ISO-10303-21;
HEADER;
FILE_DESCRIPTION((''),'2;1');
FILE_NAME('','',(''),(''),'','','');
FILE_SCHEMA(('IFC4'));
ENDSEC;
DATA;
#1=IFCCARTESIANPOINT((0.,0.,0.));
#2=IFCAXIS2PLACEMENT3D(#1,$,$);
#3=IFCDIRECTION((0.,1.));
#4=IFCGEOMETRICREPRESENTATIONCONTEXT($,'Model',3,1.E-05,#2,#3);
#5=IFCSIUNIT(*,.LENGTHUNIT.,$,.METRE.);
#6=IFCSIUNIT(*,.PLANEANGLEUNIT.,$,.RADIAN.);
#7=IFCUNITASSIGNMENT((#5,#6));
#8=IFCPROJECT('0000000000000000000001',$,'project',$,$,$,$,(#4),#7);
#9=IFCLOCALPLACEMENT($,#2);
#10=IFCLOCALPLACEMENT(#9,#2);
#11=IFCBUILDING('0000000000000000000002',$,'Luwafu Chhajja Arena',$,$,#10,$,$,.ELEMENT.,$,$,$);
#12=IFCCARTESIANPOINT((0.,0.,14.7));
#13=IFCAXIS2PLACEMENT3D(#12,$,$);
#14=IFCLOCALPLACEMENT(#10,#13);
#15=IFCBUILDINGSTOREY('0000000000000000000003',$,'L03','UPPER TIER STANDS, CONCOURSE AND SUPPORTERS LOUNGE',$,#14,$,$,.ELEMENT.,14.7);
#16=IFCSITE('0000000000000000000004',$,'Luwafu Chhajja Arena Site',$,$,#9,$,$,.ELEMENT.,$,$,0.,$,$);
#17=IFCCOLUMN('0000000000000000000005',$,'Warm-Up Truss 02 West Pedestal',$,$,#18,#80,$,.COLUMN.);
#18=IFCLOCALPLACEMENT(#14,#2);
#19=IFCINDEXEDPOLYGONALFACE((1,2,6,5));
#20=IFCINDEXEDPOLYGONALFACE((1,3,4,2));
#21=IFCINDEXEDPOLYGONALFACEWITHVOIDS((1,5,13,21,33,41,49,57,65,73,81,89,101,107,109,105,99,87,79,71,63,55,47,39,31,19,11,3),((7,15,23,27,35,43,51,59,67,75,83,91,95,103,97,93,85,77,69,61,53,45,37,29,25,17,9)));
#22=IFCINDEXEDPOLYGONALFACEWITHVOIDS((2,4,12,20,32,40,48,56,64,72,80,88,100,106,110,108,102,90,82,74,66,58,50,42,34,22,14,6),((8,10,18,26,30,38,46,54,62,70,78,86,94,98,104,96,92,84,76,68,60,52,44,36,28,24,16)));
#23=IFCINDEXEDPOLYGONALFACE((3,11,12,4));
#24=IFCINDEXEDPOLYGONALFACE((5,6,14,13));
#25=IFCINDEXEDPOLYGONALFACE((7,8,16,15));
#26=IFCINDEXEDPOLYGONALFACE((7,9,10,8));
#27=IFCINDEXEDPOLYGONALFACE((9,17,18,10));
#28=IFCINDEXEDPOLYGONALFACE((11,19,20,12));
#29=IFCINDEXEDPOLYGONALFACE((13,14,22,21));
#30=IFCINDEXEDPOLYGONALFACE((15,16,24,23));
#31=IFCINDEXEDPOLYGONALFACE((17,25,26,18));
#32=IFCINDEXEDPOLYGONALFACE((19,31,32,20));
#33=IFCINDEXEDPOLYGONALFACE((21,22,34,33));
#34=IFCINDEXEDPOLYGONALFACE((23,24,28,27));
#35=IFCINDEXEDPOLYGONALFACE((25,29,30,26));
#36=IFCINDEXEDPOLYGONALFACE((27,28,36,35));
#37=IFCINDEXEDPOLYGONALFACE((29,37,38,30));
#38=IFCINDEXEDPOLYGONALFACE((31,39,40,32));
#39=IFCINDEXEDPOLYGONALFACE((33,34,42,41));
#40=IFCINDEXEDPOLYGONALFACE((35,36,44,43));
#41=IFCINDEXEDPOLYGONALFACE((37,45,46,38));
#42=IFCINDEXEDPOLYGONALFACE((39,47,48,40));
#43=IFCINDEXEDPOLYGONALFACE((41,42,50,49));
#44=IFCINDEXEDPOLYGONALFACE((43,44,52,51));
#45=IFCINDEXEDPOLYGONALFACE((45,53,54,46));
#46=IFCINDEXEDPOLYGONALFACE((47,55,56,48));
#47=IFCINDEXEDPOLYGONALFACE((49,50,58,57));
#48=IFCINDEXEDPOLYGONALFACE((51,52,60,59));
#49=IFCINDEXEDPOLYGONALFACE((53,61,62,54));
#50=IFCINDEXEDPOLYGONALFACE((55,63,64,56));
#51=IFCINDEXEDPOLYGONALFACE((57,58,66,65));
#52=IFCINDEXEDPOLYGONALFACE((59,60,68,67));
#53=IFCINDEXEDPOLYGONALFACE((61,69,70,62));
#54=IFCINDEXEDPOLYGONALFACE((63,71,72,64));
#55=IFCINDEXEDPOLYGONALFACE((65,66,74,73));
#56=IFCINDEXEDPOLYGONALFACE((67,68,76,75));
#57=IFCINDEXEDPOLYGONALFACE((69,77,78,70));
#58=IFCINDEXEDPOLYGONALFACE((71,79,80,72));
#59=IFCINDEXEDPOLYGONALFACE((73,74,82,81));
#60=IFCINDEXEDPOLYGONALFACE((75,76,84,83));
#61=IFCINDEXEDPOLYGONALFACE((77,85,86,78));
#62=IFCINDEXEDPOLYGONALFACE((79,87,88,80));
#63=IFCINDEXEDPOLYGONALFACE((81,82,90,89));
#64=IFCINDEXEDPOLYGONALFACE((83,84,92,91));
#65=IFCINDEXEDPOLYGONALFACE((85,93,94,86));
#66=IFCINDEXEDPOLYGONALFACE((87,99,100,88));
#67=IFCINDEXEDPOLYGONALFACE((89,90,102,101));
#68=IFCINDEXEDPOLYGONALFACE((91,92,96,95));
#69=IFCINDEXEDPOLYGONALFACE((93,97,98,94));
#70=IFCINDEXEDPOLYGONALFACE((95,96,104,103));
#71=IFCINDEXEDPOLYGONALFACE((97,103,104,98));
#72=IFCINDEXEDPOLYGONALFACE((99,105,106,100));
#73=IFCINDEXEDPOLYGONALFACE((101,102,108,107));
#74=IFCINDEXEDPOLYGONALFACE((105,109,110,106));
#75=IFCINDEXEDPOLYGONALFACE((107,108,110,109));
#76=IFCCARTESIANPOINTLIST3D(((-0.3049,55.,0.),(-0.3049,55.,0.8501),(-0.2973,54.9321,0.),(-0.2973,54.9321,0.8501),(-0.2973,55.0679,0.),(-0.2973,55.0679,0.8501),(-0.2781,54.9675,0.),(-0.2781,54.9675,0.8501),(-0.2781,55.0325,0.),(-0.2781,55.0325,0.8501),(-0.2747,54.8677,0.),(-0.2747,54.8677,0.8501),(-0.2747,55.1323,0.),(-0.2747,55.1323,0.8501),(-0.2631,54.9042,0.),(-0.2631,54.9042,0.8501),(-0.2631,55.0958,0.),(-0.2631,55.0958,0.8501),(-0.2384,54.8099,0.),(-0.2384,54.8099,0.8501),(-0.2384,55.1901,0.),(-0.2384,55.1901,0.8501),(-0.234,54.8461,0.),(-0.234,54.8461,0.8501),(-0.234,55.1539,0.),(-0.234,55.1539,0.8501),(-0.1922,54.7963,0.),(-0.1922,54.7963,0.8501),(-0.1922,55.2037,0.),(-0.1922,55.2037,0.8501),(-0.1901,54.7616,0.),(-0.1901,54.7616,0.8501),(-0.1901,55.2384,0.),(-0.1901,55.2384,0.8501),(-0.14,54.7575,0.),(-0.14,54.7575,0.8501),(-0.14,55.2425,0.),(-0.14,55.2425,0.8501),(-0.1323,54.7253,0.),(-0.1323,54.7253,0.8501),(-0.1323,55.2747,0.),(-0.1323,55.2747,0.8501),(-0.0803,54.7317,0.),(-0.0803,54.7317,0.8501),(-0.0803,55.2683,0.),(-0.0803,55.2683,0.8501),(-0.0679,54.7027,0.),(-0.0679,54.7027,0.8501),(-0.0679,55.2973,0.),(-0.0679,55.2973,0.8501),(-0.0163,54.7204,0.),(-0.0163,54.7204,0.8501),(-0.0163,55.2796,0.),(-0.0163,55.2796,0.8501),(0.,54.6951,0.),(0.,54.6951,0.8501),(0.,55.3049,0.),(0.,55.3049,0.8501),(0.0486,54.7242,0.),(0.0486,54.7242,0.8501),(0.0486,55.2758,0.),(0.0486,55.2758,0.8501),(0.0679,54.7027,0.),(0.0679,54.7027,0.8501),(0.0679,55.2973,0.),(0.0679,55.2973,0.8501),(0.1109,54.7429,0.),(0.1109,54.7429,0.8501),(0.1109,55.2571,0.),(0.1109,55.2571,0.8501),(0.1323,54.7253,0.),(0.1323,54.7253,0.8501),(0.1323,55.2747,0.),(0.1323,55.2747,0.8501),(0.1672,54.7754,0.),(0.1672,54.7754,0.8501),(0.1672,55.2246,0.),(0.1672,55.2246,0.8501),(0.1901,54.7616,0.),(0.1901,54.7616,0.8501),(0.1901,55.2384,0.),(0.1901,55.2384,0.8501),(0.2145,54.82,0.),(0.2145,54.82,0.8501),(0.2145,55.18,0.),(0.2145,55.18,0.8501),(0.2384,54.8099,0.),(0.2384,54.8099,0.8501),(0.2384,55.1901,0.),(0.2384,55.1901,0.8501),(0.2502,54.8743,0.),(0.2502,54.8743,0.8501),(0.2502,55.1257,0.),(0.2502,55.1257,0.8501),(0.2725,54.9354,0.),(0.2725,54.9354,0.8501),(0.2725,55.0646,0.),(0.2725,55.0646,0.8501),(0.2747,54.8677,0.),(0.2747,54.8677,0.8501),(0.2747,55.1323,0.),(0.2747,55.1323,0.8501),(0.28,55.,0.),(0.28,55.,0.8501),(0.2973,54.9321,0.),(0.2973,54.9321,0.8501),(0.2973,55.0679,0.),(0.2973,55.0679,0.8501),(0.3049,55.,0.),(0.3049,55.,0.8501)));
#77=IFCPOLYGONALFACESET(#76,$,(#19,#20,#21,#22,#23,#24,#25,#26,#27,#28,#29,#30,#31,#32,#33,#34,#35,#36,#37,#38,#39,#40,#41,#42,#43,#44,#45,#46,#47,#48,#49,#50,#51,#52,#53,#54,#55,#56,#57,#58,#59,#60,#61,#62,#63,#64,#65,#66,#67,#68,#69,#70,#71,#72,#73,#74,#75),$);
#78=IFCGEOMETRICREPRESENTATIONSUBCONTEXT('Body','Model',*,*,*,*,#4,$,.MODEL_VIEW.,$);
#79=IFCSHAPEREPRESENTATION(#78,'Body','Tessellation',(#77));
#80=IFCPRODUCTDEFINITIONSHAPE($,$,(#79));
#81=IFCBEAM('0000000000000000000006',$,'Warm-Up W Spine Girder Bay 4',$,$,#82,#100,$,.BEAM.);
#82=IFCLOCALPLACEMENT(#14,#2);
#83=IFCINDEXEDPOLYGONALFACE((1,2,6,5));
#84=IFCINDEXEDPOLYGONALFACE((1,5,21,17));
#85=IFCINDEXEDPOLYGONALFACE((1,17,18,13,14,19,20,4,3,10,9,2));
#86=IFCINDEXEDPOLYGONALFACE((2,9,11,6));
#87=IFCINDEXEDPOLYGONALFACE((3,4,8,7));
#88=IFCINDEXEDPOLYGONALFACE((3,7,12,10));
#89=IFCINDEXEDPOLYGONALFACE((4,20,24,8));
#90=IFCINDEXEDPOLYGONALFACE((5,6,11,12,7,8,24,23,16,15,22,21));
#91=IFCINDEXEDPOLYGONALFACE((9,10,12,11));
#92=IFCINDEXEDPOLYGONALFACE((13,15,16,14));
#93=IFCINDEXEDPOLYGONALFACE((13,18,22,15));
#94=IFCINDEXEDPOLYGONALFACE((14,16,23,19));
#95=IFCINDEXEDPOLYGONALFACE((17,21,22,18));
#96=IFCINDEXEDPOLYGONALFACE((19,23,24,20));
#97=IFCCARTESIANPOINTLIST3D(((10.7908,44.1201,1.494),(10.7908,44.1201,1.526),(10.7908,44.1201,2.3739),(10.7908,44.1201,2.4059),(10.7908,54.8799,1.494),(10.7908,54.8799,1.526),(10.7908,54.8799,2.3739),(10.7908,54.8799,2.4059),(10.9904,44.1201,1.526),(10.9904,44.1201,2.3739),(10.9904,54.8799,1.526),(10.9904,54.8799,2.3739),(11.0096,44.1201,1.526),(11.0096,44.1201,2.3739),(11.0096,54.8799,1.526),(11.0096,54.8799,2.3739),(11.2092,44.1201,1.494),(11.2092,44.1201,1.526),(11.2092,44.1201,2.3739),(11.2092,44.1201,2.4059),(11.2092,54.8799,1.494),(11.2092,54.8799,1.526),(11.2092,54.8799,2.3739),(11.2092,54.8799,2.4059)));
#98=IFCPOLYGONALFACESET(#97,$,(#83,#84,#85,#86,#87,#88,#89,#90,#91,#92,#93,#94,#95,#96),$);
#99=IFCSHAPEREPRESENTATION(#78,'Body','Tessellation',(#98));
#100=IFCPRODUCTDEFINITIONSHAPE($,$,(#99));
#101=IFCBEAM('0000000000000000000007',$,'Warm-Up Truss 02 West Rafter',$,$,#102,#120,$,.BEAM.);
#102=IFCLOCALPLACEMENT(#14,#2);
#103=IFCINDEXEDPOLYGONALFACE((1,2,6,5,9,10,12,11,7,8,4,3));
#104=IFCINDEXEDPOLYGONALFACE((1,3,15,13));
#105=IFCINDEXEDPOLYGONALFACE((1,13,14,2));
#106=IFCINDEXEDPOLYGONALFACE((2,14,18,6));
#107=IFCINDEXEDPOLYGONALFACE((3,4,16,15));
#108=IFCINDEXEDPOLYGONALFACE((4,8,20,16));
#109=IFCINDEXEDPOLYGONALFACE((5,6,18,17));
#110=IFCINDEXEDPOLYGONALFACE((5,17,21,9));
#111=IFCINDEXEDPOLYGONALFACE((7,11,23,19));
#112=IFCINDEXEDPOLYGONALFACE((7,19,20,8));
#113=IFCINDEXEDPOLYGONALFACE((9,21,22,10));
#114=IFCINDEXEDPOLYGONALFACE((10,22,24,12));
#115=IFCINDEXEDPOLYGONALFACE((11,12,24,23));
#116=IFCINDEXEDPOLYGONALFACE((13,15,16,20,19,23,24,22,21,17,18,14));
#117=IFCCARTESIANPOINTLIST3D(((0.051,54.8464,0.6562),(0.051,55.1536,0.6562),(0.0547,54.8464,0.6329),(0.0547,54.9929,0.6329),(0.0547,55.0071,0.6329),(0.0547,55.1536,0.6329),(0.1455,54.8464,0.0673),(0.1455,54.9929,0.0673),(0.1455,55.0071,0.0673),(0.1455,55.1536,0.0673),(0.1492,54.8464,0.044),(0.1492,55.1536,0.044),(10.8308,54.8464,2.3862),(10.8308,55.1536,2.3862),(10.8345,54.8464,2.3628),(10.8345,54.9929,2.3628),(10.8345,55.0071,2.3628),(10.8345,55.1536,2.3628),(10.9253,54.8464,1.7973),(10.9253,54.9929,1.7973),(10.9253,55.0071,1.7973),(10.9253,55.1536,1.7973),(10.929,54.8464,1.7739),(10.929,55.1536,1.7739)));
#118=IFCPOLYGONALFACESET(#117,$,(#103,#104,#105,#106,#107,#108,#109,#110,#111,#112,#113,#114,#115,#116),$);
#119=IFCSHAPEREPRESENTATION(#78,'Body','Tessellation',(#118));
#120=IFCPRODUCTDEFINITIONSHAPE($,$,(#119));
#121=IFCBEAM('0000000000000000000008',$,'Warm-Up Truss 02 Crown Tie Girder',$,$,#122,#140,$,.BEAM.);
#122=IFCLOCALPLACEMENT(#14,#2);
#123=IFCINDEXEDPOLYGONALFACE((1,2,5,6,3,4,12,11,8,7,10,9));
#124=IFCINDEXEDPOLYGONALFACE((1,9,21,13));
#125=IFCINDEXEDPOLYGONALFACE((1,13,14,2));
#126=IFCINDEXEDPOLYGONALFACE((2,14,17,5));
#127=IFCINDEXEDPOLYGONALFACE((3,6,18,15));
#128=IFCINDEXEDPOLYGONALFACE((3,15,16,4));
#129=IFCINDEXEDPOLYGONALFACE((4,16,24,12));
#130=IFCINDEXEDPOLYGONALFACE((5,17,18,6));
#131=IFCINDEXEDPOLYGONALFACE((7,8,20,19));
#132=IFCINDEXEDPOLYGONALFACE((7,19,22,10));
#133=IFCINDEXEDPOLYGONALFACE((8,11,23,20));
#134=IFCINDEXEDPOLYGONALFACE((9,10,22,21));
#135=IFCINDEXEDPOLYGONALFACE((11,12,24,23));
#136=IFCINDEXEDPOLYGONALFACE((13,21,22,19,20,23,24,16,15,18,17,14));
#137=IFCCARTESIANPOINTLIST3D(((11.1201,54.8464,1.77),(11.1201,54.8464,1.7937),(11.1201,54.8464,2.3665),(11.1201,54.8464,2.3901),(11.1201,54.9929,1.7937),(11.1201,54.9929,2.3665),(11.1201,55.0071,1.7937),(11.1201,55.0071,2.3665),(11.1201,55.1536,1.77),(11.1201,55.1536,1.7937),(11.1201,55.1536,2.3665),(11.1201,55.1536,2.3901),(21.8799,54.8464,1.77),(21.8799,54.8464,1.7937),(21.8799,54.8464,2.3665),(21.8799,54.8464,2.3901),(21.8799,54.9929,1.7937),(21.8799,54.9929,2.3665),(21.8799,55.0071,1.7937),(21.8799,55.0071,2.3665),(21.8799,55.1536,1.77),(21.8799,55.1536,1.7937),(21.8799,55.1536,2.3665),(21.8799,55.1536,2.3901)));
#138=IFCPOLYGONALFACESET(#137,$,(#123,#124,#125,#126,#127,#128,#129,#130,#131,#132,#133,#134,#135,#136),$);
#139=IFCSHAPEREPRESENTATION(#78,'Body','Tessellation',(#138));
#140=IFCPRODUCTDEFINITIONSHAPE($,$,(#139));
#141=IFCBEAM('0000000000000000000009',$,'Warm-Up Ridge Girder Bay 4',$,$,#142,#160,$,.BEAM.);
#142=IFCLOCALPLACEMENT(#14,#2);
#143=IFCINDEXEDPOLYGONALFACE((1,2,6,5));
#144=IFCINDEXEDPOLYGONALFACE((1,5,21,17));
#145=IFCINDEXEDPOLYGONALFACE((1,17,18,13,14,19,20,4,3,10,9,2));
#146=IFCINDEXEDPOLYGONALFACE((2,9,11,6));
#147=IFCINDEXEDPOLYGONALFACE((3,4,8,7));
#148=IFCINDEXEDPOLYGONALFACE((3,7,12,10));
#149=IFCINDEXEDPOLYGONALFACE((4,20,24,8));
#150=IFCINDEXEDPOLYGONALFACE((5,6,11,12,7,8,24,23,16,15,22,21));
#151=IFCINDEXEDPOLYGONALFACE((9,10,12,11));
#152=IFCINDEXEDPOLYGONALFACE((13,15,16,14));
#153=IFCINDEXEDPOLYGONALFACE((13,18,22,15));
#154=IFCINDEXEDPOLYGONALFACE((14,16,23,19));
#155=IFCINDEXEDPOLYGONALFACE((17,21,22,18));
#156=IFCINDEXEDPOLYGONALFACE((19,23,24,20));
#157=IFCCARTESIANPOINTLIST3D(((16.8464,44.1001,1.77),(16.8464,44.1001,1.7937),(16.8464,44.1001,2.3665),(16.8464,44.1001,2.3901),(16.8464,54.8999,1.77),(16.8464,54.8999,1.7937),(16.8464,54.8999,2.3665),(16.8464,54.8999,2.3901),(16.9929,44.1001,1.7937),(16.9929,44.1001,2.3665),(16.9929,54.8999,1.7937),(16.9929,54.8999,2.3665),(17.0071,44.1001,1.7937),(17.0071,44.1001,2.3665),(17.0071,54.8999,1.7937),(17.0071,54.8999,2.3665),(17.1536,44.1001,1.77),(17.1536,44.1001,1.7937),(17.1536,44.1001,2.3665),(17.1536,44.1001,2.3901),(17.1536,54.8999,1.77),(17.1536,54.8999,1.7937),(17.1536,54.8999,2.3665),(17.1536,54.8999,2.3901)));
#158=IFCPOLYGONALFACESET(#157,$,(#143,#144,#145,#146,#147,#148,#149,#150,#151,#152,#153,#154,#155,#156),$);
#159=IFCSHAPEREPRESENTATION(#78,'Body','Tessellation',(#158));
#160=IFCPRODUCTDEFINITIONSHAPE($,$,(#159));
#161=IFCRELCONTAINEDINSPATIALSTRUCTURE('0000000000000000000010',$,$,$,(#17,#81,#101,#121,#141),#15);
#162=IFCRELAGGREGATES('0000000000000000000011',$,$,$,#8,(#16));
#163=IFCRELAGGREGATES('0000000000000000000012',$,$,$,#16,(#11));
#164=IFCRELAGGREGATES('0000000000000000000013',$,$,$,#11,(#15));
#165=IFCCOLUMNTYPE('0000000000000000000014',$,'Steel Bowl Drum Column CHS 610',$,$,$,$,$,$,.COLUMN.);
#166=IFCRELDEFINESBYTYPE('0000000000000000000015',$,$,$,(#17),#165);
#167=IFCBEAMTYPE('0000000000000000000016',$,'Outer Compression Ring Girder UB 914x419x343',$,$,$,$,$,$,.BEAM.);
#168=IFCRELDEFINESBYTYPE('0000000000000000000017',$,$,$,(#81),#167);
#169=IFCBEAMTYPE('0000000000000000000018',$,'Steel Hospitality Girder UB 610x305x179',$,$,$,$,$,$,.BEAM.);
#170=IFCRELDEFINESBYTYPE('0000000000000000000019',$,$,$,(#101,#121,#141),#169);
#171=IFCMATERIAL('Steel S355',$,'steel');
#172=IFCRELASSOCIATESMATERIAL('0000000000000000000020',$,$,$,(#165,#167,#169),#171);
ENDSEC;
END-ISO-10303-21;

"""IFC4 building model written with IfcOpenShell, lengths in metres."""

from ifc_helpers import new_model, si_unit, direction, frame, origin, origin_2d, place, context, subcontext, project, spatial, hollow_circle, i_section, extrude, material, material_profile, profile_set, type_object, element, save


model = new_model("IFC4")

# Units and contexts
model_context = context("Model", 3, precision=1e-05, world=origin(), true_north=direction((0.0, 1.0)))
body_context = subcontext(model_context, "Body", "Model", "MODEL_VIEW")
ifc_project = project(units=[si_unit("LENGTHUNIT", "METRE"), si_unit("PLANEANGLEUNIT", "RADIAN")], contexts=[model_context])

# Site, building, storey
site_placement = place(None, origin())
site = spatial("IfcSite", under=ifc_project, at=site_placement, Name="Luwafu Chhajja Arena Site", CompositionType="ELEMENT", RefElevation=0.0)
building_placement = place(site_placement, origin())
building = spatial("IfcBuilding", under=site, at=building_placement, Name="Luwafu Chhajja Arena", CompositionType="ELEMENT")
storey_placement = place(building_placement, frame((0.0, 0.0, 14.7)))
storey = spatial("IfcBuildingStorey", under=building, at=storey_placement, Name="L03", Description="UPPER TIER STANDS, CONCOURSE AND SUPPORTERS LOUNGE", CompositionType="ELEMENT", Elevation=14.7)

# Column
ifc_material_1 = material(Name="Steel S355", Category="steel")
ifc_material_profile_1 = material_profile(ifc_material_1, hollow_circle(Radius=0.3049, WallThickness=0.0249, at=origin_2d()), Name="CHS 610x25")
ifc_profile_set_1 = profile_set([ifc_material_profile_1], Name="Steel S355")
column_type = type_object("IfcColumnType", Name="Steel Bowl Drum Column CHS 610", PredefinedType="COLUMN", material=ifc_profile_set_1)
column_placement = place(storey_placement, frame((0.0, 55.0, 0.0), z_axis=(0.0, 0.0, 1.0), x_axis=(1.0, 0.0, 0.0)))
element("IfcColumn", 1, at=column_placement, inside=storey, type_object=column_type, Name="Warm-Up Truss 02 West Pedestal", PredefinedType="COLUMN", context=body_context, shape_type="SweptSolid", body=[
    extrude(hollow_circle(Radius=0.3049, WallThickness=0.0249, at=origin_2d()), origin(), (0.0, 0.0, 1.0), 0.8501),
])

# Beams
ifc_material_profile_2 = material_profile(ifc_material_1, i_section(OverallWidth=0.4185, OverallDepth=0.9119, WebThickness=0.0193, FlangeThickness=0.032, at=origin_2d()), Name="UB 914x419x343")
ifc_profile_set_2 = profile_set([ifc_material_profile_2], Name="Steel S355")
beam_type_1 = type_object("IfcBeamType", Name="Outer Compression Ring Girder UB 914x419x343", PredefinedType="BEAM", material=ifc_profile_set_2)
beam_1_placement = place(storey_placement, frame((11.0, 44.1201, 1.95), z_axis=(0.0, 1.0, 0.0), x_axis=(-1.0, 0.0, 0.0)))
element("IfcBeam", 2, at=beam_1_placement, inside=storey, type_object=beam_type_1, Name="Warm-Up W Spine Girder Bay 4", PredefinedType="BEAM", context=body_context, shape_type="SweptSolid", body=[
    extrude(i_section(OverallWidth=0.4185, OverallDepth=0.9119, WebThickness=0.0193, FlangeThickness=0.032, at=origin_2d()), origin(), (0.0, 0.0, 1.0), 10.7598),
])
ifc_material_profile_3 = material_profile(ifc_material_1, i_section(OverallWidth=0.3071, OverallDepth=0.6201, WebThickness=0.0142, FlangeThickness=0.0237, at=origin_2d()), Name="UB 610x305x179")
ifc_profile_set_3 = profile_set([ifc_material_profile_3], Name="Steel S355")
beam_type_2 = type_object("IfcBeamType", Name="Steel Hospitality Girder UB 610x305x179", PredefinedType="BEAM", material=ifc_profile_set_3)
beam_2_placement = place(storey_placement, frame((0.1001, 55.0, 0.3501), z_axis=(0.987366, 0.0, 0.158456), x_axis=(0.0, 1.0, 0.0)))
element("IfcBeam", 3, at=beam_2_placement, inside=storey, type_object=beam_type_2, Name="Warm-Up Truss 02 West Rafter", PredefinedType="BEAM", context=body_context, shape_type="SweptSolid", body=[
    extrude(i_section(OverallWidth=0.3071, OverallDepth=0.6201, WebThickness=0.0142, FlangeThickness=0.0237, at=origin_2d()), origin(), (0.0, 0.0, 1.0), 10.9177),
])
beam_3_placement = place(storey_placement, frame((11.1201, 55.0, 2.0801), z_axis=(1.0, 0.0, 0.0), x_axis=(0.0, 1.0, 0.0)))
element("IfcBeam", 4, at=beam_3_placement, inside=storey, type_object=beam_type_2, Name="Warm-Up Truss 02 Crown Tie Girder", PredefinedType="BEAM", context=body_context, shape_type="SweptSolid", body=[
    extrude(i_section(OverallWidth=0.3071, OverallDepth=0.6201, WebThickness=0.0142, FlangeThickness=0.0237, at=origin_2d()), origin(), (0.0, 0.0, 1.0), 10.7598),
])
beam_4_placement = place(storey_placement, frame((17.0, 44.1001, 2.0801), z_axis=(0.0, 1.0, 0.0), x_axis=(-1.0, 0.0, 0.0)))
element("IfcBeam", 5, at=beam_4_placement, inside=storey, type_object=beam_type_2, Name="Warm-Up Ridge Girder Bay 4", PredefinedType="BEAM", context=body_context, shape_type="SweptSolid", body=[
    extrude(i_section(OverallWidth=0.3071, OverallDepth=0.6201, WebThickness=0.0142, FlangeThickness=0.0237, at=origin_2d()), origin(), (0.0, 0.0, 1.0), 10.7998),
])

save(model, "model.ifc")
